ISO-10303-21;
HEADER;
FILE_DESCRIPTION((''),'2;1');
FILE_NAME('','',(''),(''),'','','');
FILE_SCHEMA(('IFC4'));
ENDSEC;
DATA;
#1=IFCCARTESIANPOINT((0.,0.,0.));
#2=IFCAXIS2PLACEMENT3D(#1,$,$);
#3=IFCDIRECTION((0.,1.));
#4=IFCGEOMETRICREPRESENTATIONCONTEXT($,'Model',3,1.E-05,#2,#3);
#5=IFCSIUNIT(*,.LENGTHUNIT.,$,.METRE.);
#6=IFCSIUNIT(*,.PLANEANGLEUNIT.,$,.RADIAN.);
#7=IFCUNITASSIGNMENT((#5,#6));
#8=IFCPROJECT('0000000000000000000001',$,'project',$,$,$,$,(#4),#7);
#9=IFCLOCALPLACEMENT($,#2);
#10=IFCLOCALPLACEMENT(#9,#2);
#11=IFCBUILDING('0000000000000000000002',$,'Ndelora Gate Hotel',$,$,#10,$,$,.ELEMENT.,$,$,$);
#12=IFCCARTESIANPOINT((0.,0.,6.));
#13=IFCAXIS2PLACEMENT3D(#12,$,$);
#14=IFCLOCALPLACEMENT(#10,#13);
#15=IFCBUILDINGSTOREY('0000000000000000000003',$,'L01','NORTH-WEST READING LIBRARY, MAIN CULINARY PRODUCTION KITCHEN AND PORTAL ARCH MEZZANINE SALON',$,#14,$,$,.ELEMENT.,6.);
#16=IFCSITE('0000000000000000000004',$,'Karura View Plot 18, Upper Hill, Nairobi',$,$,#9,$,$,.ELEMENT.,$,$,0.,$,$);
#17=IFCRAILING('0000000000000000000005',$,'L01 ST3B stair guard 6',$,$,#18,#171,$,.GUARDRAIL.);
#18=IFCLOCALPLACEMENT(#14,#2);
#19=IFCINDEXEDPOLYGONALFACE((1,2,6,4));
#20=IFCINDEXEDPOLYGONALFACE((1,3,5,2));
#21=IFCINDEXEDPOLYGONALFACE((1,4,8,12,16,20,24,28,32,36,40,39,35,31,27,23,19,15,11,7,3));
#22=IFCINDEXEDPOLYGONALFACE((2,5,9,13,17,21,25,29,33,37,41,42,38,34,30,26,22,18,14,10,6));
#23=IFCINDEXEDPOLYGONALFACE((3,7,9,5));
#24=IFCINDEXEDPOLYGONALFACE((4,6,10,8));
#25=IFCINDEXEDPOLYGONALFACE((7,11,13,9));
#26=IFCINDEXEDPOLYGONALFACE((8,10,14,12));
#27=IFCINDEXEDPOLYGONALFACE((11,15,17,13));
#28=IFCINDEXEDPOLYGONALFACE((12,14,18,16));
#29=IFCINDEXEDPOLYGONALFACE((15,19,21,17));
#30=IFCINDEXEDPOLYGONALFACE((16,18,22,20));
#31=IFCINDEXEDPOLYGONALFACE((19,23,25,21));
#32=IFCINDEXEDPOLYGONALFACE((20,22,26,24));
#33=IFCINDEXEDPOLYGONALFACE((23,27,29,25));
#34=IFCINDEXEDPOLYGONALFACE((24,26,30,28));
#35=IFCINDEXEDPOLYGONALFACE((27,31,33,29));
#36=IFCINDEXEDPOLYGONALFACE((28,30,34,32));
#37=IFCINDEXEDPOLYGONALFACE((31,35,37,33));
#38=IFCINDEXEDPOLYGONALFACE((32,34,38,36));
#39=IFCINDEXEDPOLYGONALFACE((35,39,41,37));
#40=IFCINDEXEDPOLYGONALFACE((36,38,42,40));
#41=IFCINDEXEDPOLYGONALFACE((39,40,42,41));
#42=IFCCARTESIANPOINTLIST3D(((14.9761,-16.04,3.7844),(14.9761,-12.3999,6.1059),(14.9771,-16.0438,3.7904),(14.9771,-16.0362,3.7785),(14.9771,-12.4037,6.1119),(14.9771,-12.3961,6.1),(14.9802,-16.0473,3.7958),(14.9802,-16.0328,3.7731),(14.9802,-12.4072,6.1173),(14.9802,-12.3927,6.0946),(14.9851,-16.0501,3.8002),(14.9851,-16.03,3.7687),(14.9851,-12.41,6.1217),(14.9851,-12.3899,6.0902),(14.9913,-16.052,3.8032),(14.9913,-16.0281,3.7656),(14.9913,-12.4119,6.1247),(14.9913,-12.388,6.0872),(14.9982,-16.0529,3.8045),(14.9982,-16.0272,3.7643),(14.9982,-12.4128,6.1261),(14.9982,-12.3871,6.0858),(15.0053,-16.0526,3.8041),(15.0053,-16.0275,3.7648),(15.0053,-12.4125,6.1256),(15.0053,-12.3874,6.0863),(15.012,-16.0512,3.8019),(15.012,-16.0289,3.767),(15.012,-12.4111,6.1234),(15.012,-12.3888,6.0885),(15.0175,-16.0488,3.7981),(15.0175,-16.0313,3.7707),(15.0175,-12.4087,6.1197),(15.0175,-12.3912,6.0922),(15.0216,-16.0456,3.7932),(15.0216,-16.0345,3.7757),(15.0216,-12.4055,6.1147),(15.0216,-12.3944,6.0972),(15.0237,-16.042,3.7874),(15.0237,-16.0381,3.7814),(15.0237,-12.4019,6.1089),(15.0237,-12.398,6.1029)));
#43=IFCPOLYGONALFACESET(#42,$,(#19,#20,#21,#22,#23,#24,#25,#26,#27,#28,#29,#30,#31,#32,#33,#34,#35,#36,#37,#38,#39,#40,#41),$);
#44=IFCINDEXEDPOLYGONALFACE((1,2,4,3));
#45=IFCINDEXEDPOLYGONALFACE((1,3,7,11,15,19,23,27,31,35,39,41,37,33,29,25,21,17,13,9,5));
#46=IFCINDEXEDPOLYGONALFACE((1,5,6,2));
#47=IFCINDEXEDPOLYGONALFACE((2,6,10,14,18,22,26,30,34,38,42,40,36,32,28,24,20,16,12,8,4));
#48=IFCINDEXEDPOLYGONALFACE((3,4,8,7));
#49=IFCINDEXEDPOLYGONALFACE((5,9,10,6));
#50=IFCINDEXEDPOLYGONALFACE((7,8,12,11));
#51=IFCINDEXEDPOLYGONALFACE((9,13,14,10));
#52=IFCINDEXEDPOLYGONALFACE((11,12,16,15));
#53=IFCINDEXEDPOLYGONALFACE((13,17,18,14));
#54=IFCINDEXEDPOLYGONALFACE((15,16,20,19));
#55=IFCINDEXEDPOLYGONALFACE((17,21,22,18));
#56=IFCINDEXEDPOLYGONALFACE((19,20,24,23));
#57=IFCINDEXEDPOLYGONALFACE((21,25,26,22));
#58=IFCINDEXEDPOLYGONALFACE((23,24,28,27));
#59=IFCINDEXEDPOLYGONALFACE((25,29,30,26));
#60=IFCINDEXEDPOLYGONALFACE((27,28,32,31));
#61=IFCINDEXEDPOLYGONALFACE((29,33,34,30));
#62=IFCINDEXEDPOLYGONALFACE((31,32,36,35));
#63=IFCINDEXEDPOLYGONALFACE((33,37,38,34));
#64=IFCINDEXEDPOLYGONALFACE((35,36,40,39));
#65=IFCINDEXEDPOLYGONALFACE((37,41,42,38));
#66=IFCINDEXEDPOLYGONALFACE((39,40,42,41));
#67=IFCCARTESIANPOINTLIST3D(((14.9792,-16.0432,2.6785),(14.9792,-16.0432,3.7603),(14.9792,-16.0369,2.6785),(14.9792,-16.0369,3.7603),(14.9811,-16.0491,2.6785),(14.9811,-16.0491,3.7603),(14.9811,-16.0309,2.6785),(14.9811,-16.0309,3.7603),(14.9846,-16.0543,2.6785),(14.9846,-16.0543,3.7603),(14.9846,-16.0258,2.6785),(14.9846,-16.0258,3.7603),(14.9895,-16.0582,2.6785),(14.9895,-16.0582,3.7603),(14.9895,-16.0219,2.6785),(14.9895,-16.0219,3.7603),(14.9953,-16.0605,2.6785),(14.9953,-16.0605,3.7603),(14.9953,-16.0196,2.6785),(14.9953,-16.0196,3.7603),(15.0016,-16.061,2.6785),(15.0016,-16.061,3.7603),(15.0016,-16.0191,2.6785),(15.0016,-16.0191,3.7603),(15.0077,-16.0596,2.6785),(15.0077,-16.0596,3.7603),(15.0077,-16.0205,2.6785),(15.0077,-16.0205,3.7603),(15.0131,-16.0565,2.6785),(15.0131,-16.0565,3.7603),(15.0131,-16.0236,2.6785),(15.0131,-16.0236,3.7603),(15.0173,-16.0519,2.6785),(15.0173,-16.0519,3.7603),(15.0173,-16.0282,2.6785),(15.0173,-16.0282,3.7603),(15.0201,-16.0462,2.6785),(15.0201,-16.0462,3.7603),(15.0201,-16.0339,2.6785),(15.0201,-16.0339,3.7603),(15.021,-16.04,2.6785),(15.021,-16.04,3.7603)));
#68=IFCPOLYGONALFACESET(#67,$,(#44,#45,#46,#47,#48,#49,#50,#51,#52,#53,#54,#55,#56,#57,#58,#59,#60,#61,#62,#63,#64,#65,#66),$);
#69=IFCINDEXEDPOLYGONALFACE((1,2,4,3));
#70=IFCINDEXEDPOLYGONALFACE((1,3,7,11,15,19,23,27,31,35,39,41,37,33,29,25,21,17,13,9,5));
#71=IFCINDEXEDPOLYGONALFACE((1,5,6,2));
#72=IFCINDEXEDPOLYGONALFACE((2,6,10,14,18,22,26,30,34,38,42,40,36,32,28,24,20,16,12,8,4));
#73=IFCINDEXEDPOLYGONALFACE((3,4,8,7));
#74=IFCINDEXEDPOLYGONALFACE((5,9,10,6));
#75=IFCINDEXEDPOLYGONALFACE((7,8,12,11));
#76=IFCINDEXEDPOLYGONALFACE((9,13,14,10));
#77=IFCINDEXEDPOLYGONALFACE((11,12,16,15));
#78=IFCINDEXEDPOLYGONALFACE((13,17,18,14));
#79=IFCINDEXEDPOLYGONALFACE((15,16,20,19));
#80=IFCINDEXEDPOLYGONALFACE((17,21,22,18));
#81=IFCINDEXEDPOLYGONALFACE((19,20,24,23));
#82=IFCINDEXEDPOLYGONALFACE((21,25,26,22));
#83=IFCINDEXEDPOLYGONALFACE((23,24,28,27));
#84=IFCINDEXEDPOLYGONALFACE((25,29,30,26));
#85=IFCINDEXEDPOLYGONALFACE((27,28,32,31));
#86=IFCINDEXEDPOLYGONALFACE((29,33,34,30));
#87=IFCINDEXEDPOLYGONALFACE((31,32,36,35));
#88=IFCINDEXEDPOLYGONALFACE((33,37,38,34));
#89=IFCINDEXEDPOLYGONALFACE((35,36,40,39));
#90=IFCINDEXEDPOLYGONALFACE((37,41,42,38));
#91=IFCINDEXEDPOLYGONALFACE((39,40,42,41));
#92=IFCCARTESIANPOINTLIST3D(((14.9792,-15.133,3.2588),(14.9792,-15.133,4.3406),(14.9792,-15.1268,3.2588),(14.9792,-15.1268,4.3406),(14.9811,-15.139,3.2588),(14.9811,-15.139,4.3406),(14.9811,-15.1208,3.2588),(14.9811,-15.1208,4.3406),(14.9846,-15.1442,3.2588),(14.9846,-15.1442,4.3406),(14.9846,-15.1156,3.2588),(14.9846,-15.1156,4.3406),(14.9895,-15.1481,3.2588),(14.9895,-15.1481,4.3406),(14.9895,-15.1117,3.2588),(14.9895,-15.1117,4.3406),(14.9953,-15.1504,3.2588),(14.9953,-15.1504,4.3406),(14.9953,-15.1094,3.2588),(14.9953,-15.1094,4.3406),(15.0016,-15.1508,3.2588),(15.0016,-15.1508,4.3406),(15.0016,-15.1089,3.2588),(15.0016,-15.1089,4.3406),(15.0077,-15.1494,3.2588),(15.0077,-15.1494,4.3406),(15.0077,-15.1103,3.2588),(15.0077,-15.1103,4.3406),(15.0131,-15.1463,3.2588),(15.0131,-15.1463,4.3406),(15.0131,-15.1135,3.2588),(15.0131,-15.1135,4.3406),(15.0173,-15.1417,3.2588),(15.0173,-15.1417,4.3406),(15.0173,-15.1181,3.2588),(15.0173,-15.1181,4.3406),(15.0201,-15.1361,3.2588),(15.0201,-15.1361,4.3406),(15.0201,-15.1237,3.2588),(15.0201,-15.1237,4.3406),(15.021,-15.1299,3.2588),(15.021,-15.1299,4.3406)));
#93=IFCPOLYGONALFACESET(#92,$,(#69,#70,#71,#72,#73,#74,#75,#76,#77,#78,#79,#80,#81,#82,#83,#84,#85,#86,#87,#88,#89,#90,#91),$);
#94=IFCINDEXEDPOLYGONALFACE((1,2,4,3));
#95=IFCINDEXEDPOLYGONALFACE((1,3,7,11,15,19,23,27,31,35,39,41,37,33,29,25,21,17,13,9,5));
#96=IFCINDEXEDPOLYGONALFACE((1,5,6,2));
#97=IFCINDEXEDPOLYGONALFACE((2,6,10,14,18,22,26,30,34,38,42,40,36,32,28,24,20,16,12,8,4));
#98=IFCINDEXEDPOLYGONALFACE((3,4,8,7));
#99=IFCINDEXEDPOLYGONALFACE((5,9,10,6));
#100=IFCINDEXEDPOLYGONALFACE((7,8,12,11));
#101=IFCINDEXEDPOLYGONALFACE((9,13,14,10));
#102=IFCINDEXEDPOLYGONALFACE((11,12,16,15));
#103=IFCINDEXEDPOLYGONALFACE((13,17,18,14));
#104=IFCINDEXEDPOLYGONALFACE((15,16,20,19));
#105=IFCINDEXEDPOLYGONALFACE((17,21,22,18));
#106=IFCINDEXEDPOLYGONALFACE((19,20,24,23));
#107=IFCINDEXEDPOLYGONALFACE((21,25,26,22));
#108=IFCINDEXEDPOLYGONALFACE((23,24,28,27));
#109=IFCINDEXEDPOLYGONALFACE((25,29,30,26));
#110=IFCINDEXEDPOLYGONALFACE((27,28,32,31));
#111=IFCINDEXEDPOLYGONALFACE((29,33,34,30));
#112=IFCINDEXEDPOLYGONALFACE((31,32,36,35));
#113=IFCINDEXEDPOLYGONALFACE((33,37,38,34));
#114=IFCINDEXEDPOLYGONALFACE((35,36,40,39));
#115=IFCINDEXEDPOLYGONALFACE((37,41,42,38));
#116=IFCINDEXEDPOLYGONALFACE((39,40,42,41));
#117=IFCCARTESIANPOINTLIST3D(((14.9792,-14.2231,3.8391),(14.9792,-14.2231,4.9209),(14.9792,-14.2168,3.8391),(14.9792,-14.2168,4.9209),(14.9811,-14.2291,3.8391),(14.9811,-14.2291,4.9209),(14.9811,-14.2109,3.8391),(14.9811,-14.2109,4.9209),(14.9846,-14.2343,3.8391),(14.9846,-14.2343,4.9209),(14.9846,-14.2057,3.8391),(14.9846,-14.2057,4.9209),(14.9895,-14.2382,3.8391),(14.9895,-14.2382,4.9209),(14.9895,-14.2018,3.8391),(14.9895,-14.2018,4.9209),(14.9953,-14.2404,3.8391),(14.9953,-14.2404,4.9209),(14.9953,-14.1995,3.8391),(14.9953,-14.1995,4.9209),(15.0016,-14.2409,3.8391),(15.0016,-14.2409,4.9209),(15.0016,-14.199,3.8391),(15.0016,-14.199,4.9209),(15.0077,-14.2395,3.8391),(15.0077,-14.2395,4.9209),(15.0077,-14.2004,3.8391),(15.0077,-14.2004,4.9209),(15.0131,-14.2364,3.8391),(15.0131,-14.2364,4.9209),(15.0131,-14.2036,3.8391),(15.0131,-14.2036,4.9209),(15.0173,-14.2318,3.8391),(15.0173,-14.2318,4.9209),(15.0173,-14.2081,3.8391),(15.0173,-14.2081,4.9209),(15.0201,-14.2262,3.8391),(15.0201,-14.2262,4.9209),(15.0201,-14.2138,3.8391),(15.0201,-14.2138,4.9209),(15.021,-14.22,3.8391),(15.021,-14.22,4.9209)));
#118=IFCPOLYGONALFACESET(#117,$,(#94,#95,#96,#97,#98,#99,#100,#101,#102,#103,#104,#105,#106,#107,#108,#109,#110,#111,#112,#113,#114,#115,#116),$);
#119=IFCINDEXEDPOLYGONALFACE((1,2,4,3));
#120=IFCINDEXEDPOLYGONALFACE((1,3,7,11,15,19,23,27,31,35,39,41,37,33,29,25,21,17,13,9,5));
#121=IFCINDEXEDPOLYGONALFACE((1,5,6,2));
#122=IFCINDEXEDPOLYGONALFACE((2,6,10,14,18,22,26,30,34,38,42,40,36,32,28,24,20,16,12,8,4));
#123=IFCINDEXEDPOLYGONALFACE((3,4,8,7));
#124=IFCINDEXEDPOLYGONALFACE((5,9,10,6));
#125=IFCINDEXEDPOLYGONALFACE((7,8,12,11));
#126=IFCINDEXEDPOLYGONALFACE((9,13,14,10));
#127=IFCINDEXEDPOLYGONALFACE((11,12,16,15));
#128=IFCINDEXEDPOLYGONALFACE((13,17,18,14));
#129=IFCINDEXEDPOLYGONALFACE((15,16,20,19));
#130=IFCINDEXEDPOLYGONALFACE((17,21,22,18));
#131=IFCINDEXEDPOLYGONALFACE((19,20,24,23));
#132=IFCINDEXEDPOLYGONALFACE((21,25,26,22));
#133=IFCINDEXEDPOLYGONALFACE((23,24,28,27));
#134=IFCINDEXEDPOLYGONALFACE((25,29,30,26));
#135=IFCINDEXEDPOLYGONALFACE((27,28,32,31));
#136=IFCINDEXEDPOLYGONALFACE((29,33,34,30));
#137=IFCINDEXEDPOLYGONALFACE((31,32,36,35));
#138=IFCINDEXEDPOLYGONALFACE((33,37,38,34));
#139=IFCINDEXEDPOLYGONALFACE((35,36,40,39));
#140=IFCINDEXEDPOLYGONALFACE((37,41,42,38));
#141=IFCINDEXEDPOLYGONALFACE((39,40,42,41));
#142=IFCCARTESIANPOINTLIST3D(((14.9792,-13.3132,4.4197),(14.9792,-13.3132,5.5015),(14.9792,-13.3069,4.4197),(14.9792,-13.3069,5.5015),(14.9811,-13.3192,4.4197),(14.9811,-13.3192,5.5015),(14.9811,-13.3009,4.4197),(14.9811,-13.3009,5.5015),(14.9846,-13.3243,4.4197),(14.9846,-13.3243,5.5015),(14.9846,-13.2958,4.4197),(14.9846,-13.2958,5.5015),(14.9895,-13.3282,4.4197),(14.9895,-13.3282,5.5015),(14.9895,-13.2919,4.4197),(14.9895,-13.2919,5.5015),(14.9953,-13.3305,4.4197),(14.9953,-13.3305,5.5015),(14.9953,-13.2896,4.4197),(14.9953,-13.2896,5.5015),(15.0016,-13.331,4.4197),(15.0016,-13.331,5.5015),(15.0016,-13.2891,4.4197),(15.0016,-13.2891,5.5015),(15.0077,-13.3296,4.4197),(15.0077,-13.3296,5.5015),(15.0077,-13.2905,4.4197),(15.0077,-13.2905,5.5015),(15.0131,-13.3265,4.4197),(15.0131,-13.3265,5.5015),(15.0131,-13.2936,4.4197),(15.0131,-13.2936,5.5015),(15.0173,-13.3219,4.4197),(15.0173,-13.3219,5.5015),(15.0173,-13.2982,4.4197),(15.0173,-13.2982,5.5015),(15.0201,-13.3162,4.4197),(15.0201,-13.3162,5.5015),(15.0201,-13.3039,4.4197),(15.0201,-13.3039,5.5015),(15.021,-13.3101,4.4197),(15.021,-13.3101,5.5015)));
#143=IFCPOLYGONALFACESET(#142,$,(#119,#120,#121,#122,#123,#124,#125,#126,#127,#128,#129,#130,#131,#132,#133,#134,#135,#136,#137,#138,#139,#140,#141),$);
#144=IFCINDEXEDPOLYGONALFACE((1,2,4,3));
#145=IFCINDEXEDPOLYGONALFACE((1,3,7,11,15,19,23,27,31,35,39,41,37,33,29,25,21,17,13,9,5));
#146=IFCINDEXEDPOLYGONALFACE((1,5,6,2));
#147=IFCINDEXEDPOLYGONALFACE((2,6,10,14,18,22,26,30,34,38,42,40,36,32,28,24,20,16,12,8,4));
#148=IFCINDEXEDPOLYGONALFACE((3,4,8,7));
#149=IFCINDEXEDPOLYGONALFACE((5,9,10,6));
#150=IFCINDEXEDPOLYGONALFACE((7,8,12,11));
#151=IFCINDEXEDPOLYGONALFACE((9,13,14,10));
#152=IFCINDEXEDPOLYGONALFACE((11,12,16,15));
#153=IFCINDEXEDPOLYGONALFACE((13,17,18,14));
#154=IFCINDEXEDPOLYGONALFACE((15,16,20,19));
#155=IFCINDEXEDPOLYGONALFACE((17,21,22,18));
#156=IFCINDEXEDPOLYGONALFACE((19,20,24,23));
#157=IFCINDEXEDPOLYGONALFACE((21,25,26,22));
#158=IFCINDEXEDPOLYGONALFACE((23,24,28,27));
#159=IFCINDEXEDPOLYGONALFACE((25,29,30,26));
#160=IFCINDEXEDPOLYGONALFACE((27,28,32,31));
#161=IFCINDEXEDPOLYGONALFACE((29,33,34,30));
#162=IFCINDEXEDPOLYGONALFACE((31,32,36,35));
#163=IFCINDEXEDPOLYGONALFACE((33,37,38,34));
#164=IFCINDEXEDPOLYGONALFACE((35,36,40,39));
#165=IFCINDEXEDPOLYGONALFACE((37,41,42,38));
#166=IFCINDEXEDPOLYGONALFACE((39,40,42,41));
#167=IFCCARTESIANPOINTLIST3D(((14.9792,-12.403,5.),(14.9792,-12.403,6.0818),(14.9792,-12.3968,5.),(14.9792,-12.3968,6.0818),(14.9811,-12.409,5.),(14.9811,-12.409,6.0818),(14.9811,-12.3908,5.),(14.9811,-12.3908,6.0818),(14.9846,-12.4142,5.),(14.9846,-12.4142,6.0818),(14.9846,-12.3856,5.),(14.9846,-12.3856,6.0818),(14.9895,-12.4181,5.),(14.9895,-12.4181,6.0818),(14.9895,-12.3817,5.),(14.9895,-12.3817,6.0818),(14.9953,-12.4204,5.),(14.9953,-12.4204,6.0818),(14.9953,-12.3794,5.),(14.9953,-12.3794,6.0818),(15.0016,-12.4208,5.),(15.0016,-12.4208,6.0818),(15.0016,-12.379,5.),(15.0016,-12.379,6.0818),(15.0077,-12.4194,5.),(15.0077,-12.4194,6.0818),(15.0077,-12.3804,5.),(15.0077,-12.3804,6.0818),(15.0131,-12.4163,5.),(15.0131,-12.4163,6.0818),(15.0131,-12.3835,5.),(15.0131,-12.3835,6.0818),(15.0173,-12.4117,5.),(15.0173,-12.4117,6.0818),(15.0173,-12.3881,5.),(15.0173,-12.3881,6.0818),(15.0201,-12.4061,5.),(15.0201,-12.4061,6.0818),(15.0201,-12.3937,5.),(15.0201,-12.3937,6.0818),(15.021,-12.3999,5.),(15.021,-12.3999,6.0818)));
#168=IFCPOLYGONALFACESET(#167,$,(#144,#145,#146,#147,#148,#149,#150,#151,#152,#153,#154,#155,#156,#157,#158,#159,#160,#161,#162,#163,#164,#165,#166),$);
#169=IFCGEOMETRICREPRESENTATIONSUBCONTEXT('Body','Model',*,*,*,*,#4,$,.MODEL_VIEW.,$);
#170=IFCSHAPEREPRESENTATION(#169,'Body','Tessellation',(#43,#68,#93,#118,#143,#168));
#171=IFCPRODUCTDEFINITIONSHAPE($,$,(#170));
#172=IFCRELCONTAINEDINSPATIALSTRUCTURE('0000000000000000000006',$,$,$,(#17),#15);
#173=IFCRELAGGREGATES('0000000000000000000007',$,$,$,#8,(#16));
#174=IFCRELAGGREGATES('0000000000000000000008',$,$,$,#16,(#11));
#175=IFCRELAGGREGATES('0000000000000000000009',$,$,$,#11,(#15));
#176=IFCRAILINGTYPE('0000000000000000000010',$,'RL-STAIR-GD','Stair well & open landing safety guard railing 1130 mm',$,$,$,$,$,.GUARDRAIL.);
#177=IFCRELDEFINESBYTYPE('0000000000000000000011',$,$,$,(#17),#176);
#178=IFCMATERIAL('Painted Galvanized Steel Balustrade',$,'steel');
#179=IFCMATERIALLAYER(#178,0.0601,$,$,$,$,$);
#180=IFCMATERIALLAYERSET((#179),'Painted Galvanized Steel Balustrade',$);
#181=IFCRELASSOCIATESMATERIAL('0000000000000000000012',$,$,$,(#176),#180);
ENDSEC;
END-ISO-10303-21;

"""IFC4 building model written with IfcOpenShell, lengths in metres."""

from ifc_helpers import new_model, si_unit, direction, frame, origin, origin_2d, place, context, subcontext, project, spatial, circle, extrude, material, layer, layer_set, type_object, element, save


model = new_model("IFC4")

# Units and contexts
model_context = context("Model", 3, precision=1e-05, world=origin(), true_north=direction((0.0, 1.0)))
body_context = subcontext(model_context, "Body", "Model", "MODEL_VIEW")
ifc_project = project(units=[si_unit("LENGTHUNIT", "METRE"), si_unit("PLANEANGLEUNIT", "RADIAN")], contexts=[model_context])

# Site, building, storey
site_placement = place(None, origin())
site = spatial("IfcSite", under=ifc_project, at=site_placement, Name="Karura View Plot 18, Upper Hill, Nairobi", CompositionType="ELEMENT", RefElevation=0.0)
building_placement = place(site_placement, origin())
building = spatial("IfcBuilding", under=site, at=building_placement, Name="Ndelora Gate Hotel", CompositionType="ELEMENT")
storey_placement = place(building_placement, frame((0.0, 0.0, 6.0)))
storey = spatial("IfcBuildingStorey", under=building, at=storey_placement, Name="L01", Description="NORTH-WEST READING LIBRARY, MAIN CULINARY PRODUCTION KITCHEN AND PORTAL ARCH MEZZANINE SALON", CompositionType="ELEMENT", Elevation=6.0)

# Railing
ifc_material_1 = material(Name="Painted Galvanized Steel Balustrade", Category="steel")
ifc_layer_1 = layer(ifc_material_1, 0.0601)
ifc_layer_set_1 = layer_set([ifc_layer_1], Name="Painted Galvanized Steel Balustrade")
railing_type_1 = type_object("IfcRailingType", Name="RL-STAIR-GD", Description="Stair well & open landing safety guard railing 1130 mm", PredefinedType="GUARDRAIL", material=ifc_layer_set_1)
railing_1_placement = place(storey_placement, frame((15.0, -16.04, 2.6785)))
element("IfcRailing", 1, at=railing_1_placement, inside=storey, type_object=railing_type_1, Name="L01 ST3B stair guard 6", PredefinedType="GUARDRAIL", context=body_context, shape_type="SweptSolid", body=[
    extrude(circle(Radius=0.0239, at=origin_2d()), frame((0.0, 0.0, 1.106), z_axis=(0.0, 0.843128, 0.537713), x_axis=(-1.0, 0.0, 0.0)), (0.0, 0.0, 1.0), 4.3174),
    extrude(circle(Radius=0.021, at=origin_2d()), origin(), (0.0, 0.0, 1.0), 1.0818),
    extrude(circle(Radius=0.021, at=origin_2d()), frame((0.0, 0.9102, 0.5803)), (0.0, 0.0, 1.0), 1.0818),
    extrude(circle(Radius=0.021, at=origin_2d()), frame((0.0, 1.8201, 1.1606)), (0.0, 0.0, 1.0), 1.0818),
    extrude(circle(Radius=0.021, at=origin_2d()), frame((0.0, 2.73, 1.7412)), (0.0, 0.0, 1.0), 1.0818),
    extrude(circle(Radius=0.021, at=origin_2d()), frame((0.0, 3.6401, 2.3215)), (0.0, 0.0, 1.0), 1.0818),
])

save(model, "model.ifc")
